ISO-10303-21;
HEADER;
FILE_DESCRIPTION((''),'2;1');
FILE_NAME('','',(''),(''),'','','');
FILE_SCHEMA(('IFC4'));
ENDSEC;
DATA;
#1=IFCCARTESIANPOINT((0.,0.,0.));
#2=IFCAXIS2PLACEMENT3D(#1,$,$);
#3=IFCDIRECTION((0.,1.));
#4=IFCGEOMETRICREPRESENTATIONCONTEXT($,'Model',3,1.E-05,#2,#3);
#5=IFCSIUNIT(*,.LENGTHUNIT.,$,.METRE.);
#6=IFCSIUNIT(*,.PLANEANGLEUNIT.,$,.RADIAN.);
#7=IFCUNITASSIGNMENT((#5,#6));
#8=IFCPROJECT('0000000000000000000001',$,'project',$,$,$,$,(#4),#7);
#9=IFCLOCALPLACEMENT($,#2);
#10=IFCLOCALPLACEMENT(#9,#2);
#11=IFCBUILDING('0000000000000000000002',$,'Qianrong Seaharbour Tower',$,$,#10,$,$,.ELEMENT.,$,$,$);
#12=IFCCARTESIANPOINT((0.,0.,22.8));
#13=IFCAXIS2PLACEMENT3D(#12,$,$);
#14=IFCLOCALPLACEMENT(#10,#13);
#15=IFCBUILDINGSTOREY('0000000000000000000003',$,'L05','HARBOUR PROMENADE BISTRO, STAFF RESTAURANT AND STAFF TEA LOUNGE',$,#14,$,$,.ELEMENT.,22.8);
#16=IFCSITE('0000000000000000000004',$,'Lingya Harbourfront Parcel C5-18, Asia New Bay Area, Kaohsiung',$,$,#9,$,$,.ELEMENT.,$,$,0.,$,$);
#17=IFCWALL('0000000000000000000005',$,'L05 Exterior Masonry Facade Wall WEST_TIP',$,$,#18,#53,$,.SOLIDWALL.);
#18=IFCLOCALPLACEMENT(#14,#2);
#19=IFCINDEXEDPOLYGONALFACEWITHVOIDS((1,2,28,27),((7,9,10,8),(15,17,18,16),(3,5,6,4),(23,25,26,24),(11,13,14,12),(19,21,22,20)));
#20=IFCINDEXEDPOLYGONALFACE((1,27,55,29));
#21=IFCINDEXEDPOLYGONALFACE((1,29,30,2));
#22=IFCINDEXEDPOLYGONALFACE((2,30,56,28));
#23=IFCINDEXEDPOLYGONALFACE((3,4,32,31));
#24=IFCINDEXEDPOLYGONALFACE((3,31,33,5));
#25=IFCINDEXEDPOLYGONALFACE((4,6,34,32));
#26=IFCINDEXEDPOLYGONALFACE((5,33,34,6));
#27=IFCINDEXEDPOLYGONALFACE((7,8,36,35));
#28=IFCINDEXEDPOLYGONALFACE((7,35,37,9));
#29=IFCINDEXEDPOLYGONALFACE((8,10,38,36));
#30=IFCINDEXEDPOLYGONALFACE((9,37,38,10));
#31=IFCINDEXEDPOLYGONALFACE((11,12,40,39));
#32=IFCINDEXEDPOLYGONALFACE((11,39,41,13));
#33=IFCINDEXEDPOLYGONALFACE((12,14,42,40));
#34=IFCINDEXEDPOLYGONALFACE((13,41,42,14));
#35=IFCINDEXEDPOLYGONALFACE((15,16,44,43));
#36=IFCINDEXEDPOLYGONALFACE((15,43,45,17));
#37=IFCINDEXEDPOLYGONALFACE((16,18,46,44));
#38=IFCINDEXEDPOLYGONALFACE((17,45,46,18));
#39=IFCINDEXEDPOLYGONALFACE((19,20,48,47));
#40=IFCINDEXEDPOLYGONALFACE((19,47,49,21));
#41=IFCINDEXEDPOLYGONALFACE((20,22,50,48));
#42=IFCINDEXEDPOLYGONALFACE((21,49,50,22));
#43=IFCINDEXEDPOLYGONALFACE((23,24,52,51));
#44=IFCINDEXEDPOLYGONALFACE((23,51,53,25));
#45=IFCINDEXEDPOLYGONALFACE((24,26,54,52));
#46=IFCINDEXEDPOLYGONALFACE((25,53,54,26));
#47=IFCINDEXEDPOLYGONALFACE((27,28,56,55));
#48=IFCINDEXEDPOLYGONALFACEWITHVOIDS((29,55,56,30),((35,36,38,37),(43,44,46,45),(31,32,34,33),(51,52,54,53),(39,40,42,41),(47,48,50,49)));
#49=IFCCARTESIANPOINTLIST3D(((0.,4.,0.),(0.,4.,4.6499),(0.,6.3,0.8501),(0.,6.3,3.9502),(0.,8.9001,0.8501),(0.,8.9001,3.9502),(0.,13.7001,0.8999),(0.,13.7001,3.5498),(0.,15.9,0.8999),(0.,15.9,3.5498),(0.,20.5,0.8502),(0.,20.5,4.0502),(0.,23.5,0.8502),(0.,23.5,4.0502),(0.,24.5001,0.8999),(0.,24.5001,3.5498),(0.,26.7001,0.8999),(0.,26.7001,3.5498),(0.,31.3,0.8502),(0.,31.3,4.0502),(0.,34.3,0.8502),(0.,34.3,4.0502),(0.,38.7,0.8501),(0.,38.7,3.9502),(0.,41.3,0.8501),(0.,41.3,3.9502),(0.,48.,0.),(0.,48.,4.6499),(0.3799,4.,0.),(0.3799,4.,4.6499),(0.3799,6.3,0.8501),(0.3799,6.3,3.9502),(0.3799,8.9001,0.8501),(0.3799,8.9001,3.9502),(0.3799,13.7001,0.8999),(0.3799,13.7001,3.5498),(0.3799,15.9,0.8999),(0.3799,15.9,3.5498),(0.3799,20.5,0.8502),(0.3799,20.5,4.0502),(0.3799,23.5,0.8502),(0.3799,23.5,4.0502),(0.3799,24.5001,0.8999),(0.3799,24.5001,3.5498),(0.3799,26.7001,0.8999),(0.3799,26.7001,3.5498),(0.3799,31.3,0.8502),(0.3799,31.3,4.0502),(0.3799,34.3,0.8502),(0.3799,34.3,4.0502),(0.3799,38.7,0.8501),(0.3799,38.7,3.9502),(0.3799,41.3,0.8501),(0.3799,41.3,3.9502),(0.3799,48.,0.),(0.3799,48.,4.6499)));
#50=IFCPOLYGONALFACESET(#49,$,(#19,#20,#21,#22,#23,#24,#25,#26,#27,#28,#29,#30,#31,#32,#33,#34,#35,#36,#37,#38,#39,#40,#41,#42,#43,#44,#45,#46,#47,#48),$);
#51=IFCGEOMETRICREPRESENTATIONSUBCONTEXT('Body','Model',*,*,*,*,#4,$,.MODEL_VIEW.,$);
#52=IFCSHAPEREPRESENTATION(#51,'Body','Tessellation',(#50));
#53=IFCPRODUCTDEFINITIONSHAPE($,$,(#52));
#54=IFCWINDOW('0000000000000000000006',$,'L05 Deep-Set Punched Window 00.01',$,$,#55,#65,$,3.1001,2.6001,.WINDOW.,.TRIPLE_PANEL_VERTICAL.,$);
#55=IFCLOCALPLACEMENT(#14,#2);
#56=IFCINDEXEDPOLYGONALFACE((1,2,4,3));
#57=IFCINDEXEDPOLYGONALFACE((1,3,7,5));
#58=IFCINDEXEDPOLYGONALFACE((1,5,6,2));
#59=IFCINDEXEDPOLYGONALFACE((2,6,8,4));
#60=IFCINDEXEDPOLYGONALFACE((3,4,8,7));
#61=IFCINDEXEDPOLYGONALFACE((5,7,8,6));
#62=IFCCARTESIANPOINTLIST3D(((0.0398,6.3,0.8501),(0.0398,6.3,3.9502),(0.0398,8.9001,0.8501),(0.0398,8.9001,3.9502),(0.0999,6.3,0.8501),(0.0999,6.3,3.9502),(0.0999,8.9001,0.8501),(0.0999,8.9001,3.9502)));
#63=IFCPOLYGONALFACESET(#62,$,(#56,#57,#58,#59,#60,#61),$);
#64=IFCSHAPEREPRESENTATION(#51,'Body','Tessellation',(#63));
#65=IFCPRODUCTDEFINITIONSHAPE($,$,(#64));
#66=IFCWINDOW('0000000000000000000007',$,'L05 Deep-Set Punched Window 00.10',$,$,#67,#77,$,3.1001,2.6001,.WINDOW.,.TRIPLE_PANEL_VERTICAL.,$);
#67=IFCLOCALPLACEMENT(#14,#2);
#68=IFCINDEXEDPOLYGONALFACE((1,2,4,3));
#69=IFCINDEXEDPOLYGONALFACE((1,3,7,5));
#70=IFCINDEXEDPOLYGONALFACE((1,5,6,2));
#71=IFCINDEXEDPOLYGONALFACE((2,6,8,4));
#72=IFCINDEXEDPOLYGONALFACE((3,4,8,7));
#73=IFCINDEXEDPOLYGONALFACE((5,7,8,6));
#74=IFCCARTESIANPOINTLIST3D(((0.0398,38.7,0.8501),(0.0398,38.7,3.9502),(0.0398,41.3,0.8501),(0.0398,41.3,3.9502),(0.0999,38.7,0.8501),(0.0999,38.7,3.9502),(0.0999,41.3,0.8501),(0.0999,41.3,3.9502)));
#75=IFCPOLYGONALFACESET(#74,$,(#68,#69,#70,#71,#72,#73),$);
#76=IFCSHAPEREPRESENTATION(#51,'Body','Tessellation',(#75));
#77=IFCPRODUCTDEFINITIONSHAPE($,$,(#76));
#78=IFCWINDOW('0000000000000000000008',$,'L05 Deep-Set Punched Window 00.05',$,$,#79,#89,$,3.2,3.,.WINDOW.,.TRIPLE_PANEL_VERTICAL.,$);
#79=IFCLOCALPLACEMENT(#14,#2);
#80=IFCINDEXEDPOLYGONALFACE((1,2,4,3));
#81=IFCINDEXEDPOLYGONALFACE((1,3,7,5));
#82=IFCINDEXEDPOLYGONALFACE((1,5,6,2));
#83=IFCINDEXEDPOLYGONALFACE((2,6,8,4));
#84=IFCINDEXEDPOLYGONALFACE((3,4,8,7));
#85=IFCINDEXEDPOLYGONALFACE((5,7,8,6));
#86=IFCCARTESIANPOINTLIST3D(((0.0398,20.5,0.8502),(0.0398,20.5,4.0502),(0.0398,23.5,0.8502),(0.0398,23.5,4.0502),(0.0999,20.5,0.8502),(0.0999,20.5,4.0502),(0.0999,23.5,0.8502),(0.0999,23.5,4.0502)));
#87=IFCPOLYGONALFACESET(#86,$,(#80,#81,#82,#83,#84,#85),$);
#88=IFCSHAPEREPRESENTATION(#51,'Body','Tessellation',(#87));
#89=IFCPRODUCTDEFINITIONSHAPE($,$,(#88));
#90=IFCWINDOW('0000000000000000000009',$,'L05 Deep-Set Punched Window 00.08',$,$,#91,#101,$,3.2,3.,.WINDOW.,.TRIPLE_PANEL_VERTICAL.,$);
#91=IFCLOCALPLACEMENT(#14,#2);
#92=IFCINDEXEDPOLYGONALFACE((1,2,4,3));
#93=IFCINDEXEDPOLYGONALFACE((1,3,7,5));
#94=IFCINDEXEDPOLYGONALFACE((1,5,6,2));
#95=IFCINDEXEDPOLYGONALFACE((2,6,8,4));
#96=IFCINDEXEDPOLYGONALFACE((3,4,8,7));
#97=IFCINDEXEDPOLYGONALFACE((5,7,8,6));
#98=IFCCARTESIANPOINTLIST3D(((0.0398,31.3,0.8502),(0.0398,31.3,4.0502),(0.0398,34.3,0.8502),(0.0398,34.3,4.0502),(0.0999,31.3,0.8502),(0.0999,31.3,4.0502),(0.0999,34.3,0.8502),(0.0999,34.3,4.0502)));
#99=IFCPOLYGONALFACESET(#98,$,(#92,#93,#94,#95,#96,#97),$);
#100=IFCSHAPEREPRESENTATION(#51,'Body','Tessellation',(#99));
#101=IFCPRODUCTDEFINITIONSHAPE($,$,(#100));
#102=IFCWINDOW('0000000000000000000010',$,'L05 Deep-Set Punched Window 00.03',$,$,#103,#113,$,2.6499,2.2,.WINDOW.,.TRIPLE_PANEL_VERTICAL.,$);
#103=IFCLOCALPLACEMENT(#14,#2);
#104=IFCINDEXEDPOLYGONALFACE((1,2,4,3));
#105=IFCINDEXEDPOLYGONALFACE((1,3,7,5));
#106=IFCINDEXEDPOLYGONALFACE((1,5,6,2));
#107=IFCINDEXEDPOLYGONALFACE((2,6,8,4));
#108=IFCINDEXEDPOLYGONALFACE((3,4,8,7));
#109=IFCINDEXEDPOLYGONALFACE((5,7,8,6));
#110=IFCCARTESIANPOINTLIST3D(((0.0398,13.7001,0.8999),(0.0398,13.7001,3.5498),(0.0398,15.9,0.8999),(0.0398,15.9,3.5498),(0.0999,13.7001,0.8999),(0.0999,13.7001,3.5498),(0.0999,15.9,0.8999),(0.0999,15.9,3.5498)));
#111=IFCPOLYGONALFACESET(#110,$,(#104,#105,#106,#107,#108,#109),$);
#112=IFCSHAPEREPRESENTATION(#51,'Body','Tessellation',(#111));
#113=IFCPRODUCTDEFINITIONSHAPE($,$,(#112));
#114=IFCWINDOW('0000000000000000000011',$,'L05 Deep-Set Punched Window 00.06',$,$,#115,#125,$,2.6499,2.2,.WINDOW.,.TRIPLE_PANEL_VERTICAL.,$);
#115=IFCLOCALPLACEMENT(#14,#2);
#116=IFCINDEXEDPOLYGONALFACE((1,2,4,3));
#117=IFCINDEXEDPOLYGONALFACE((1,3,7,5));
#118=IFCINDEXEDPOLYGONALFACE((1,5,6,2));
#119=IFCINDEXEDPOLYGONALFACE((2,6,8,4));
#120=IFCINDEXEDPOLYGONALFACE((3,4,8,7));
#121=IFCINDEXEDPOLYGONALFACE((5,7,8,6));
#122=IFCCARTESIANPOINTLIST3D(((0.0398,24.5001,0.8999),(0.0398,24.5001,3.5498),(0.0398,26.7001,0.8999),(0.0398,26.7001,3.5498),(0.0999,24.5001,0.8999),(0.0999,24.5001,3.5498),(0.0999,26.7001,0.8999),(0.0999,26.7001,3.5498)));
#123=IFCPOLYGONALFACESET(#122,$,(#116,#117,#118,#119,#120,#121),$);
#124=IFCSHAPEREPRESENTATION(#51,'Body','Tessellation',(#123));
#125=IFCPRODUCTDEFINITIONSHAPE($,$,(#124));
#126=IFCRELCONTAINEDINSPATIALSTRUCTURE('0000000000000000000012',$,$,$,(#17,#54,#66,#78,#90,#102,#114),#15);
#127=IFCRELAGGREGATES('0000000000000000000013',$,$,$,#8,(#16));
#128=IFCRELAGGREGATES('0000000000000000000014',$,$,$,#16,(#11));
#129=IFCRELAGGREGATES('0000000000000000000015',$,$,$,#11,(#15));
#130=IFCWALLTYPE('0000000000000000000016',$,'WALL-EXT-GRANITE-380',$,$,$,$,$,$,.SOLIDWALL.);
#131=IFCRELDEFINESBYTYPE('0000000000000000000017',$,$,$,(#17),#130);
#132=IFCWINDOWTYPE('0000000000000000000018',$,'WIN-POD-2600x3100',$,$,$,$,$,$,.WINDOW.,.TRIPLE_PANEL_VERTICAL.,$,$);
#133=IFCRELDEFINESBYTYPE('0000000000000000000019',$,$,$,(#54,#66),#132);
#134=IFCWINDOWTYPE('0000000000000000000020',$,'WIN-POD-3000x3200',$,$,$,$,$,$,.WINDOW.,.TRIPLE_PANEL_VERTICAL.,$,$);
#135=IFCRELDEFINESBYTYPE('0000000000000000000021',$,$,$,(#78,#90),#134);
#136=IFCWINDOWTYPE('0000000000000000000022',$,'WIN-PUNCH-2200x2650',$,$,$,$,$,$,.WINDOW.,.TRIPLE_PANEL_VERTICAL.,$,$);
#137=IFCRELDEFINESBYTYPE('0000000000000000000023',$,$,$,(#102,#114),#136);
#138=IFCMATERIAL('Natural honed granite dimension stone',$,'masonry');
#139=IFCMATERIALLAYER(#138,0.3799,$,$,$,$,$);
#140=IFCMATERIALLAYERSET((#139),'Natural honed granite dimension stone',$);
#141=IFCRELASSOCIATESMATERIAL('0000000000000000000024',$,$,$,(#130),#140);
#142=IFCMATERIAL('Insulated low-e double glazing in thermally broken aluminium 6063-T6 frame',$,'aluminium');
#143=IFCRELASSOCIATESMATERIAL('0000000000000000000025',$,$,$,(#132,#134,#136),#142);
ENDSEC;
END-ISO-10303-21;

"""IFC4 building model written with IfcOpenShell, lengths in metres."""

from ifc_helpers import new_model, si_unit, direction, frame, frame_2d, origin, place, context, subcontext, project, spatial, rectangle, extrude, material, layer, layer_set, type_object, element, fill, save


model = new_model("IFC4")

# Units and contexts
model_context = context("Model", 3, precision=1e-05, world=origin(), true_north=direction((0.0, 1.0)))
body_context = subcontext(model_context, "Body", "Model", "MODEL_VIEW")
ifc_project = project(units=[si_unit("LENGTHUNIT", "METRE"), si_unit("PLANEANGLEUNIT", "RADIAN")], contexts=[model_context])

# Site, building, storey
site_placement = place(None, origin())
site = spatial("IfcSite", under=ifc_project, at=site_placement, Name="Lingya Harbourfront Parcel C5-18, Asia New Bay Area, Kaohsiung", CompositionType="ELEMENT", RefElevation=0.0)
building_placement = place(site_placement, origin())
building = spatial("IfcBuilding", under=site, at=building_placement, Name="Qianrong Seaharbour Tower", CompositionType="ELEMENT")
storey_placement = place(building_placement, frame((0.0, 0.0, 22.8)))
storey = spatial("IfcBuildingStorey", under=building, at=storey_placement, Name="L05", Description="HARBOUR PROMENADE BISTRO, STAFF RESTAURANT AND STAFF TEA LOUNGE", CompositionType="ELEMENT", Elevation=22.8)

# Wall, openings, windows
ifc_material_1 = material(Name="Natural honed granite dimension stone", Category="masonry")
ifc_layer_1 = layer(ifc_material_1, 0.3799)
ifc_layer_set_1 = layer_set([ifc_layer_1], Name="Natural honed granite dimension stone")
wall_type_1 = type_object("IfcWallType", Name="WALL-EXT-GRANITE-380", PredefinedType="SOLIDWALL", material=ifc_layer_set_1)
wall_1_placement = place(storey_placement, frame((0.1899, 4.0, 0.0), z_axis=(0.0, 0.0, 1.0), x_axis=(0.0, 1.0, 0.0)))
wall_1 = element("IfcWall", 1, at=wall_1_placement, inside=storey, type_object=wall_type_1, Name="L05 Exterior Masonry Facade Wall WEST_TIP", PredefinedType="SOLIDWALL", context=body_context, shape_type="SweptSolid", body=[
    extrude(rectangle(XDim=44.0, YDim=0.3799, at=frame_2d((22.0, 0.0))), origin(), (0.0, 0.0, 1.0), 4.6499),
])
opening_1_placement = place(wall_1_placement, frame((2.3, 0.0, 0.8501)))
opening_1 = element("IfcOpeningElement", 2, at=opening_1_placement, cuts=wall_1, PredefinedType="OPENING", context=body_context, shape_type="SweptSolid", body=[
    extrude(rectangle(XDim=2.6001, YDim=3.1001, at=frame_2d((1.3, 1.55))), frame((0.0, 0.2, 0.0), z_axis=(0.0, -1.0, 0.0), x_axis=(1.0, 0.0, 0.0)), (0.0, 0.0, 1.0), 0.3999),
])
opening_2_placement = place(wall_1_placement, frame((9.7, 0.0, 0.8999)))
opening_2 = element("IfcOpeningElement", 3, at=opening_2_placement, cuts=wall_1, PredefinedType="OPENING", context=body_context, shape_type="SweptSolid", body=[
    extrude(rectangle(XDim=2.2, YDim=2.6499, at=frame_2d((1.1001, 1.325))), frame((0.0, 0.2, 0.0), z_axis=(0.0, -1.0, 0.0), x_axis=(1.0, 0.0, 0.0)), (0.0, 0.0, 1.0), 0.3999),
])
opening_3_placement = place(wall_1_placement, frame((16.5, 0.0, 0.8501)))
opening_3 = element("IfcOpeningElement", 4, at=opening_3_placement, cuts=wall_1, PredefinedType="OPENING", context=body_context, shape_type="SweptSolid", body=[
    extrude(rectangle(XDim=3.0, YDim=3.2, at=frame_2d((1.5, 1.6001))), frame((0.0, 0.2, 0.0), z_axis=(0.0, -1.0, 0.0), x_axis=(1.0, 0.0, 0.0)), (0.0, 0.0, 1.0), 0.3999),
])
opening_4_placement = place(wall_1_placement, frame((20.5, 0.0, 0.8999)))
opening_4 = element("IfcOpeningElement", 5, at=opening_4_placement, cuts=wall_1, PredefinedType="OPENING", context=body_context, shape_type="SweptSolid", body=[
    extrude(rectangle(XDim=2.2, YDim=2.6499, at=frame_2d((1.1001, 1.325))), frame((0.0, 0.2, 0.0), z_axis=(0.0, -1.0, 0.0), x_axis=(1.0, 0.0, 0.0)), (0.0, 0.0, 1.0), 0.3999),
])
opening_5_placement = place(wall_1_placement, frame((27.3, 0.0, 0.8501)))
opening_5 = element("IfcOpeningElement", 6, at=opening_5_placement, cuts=wall_1, PredefinedType="OPENING", context=body_context, shape_type="SweptSolid", body=[
    extrude(rectangle(XDim=3.0, YDim=3.2, at=frame_2d((1.5, 1.6001))), frame((0.0, 0.2, 0.0), z_axis=(0.0, -1.0, 0.0), x_axis=(1.0, 0.0, 0.0)), (0.0, 0.0, 1.0), 0.3999),
])
opening_6_placement = place(wall_1_placement, frame((34.7, 0.0, 0.8501)))
opening_6 = element("IfcOpeningElement", 7, at=opening_6_placement, cuts=wall_1, PredefinedType="OPENING", context=body_context, shape_type="SweptSolid", body=[
    extrude(rectangle(XDim=2.6001, YDim=3.1001, at=frame_2d((1.3, 1.55))), frame((0.0, 0.2, 0.0), z_axis=(0.0, -1.0, 0.0), x_axis=(1.0, 0.0, 0.0)), (0.0, 0.0, 1.0), 0.3999),
])
ifc_material_2 = material(Name="Insulated low-e double glazing in thermally broken aluminium 6063-T6 frame", Category="aluminium")
window_type_1 = type_object("IfcWindowType", Name="WIN-POD-2600x3100", PartitioningType="TRIPLE_PANEL_VERTICAL", PredefinedType="WINDOW", material=ifc_material_2)
window_1_placement = place(opening_1_placement, origin())
window_1 = element("IfcWindow", 8, at=window_1_placement, inside=storey, type_object=window_type_1, Name="L05 Deep-Set Punched Window 00.01", OverallHeight=3.1001, OverallWidth=2.6001, PartitioningType="TRIPLE_PANEL_VERTICAL", PredefinedType="WINDOW", context=body_context, shape_type="SweptSolid", body=[
    extrude(rectangle(XDim=2.6001, YDim=3.1001, at=frame_2d((1.3, 1.55))), frame((0.0, 0.1501, 0.0), z_axis=(0.0, -1.0, 0.0), x_axis=(1.0, 0.0, 0.0)), (0.0, 0.0, 1.0), 0.0601),
])
fill(opening_1, window_1)
window_2_placement = place(opening_6_placement, origin())
window_2 = element("IfcWindow", 9, at=window_2_placement, inside=storey, type_object=window_type_1, Name="L05 Deep-Set Punched Window 00.10", OverallHeight=3.1001, OverallWidth=2.6001, PartitioningType="TRIPLE_PANEL_VERTICAL", PredefinedType="WINDOW", context=body_context, shape_type="SweptSolid", body=[
    extrude(rectangle(XDim=2.6001, YDim=3.1001, at=frame_2d((1.3, 1.55))), frame((0.0, 0.1501, 0.0), z_axis=(0.0, -1.0, 0.0), x_axis=(1.0, 0.0, 0.0)), (0.0, 0.0, 1.0), 0.0601),
])
fill(opening_6, window_2)
window_type_2 = type_object("IfcWindowType", Name="WIN-POD-3000x3200", PartitioningType="TRIPLE_PANEL_VERTICAL", PredefinedType="WINDOW", material=ifc_material_2)
window_3_placement = place(opening_3_placement, origin())
window_3 = element("IfcWindow", 10, at=window_3_placement, inside=storey, type_object=window_type_2, Name="L05 Deep-Set Punched Window 00.05", OverallHeight=3.2, OverallWidth=3.0, PartitioningType="TRIPLE_PANEL_VERTICAL", PredefinedType="WINDOW", context=body_context, shape_type="SweptSolid", body=[
    extrude(rectangle(XDim=3.0, YDim=3.2, at=frame_2d((1.5, 1.6001))), frame((0.0, 0.1501, 0.0), z_axis=(0.0, -1.0, 0.0), x_axis=(1.0, 0.0, 0.0)), (0.0, 0.0, 1.0), 0.0601),
])
fill(opening_3, window_3)
window_4_placement = place(opening_5_placement, origin())
window_4 = element("IfcWindow", 11, at=window_4_placement, inside=storey, type_object=window_type_2, Name="L05 Deep-Set Punched Window 00.08", OverallHeight=3.2, OverallWidth=3.0, PartitioningType="TRIPLE_PANEL_VERTICAL", PredefinedType="WINDOW", context=body_context, shape_type="SweptSolid", body=[
    extrude(rectangle(XDim=3.0, YDim=3.2, at=frame_2d((1.5, 1.6001))), frame((0.0, 0.1501, 0.0), z_axis=(0.0, -1.0, 0.0), x_axis=(1.0, 0.0, 0.0)), (0.0, 0.0, 1.0), 0.0601),
])
fill(opening_5, window_4)
window_type_3 = type_object("IfcWindowType", Name="WIN-PUNCH-2200x2650", PartitioningType="TRIPLE_PANEL_VERTICAL", PredefinedType="WINDOW", material=ifc_material_2)
window_5_placement = place(opening_2_placement, origin())
window_5 = element("IfcWindow", 12, at=window_5_placement, inside=storey, type_object=window_type_3, Name="L05 Deep-Set Punched Window 00.03", OverallHeight=2.6499, OverallWidth=2.2, PartitioningType="TRIPLE_PANEL_VERTICAL", PredefinedType="WINDOW", context=body_context, shape_type="SweptSolid", body=[
    extrude(rectangle(XDim=2.2, YDim=2.6499, at=frame_2d((1.1001, 1.325))), frame((0.0, 0.1501, 0.0), z_axis=(0.0, -1.0, 0.0), x_axis=(1.0, 0.0, 0.0)), (0.0, 0.0, 1.0), 0.0601),
])
fill(opening_2, window_5)
window_6_placement = place(opening_4_placement, origin())
window_6 = element("IfcWindow", 13, at=window_6_placement, inside=storey, type_object=window_type_3, Name="L05 Deep-Set Punched Window 00.06", OverallHeight=2.6499, OverallWidth=2.2, PartitioningType="TRIPLE_PANEL_VERTICAL", PredefinedType="WINDOW", context=body_context, shape_type="SweptSolid", body=[
    extrude(rectangle(XDim=2.2, YDim=2.6499, at=frame_2d((1.1001, 1.325))), frame((0.0, 0.1501, 0.0), z_axis=(0.0, -1.0, 0.0), x_axis=(1.0, 0.0, 0.0)), (0.0, 0.0, 1.0), 0.0601),
])
fill(opening_4, window_6)

save(model, "model.ifc")
